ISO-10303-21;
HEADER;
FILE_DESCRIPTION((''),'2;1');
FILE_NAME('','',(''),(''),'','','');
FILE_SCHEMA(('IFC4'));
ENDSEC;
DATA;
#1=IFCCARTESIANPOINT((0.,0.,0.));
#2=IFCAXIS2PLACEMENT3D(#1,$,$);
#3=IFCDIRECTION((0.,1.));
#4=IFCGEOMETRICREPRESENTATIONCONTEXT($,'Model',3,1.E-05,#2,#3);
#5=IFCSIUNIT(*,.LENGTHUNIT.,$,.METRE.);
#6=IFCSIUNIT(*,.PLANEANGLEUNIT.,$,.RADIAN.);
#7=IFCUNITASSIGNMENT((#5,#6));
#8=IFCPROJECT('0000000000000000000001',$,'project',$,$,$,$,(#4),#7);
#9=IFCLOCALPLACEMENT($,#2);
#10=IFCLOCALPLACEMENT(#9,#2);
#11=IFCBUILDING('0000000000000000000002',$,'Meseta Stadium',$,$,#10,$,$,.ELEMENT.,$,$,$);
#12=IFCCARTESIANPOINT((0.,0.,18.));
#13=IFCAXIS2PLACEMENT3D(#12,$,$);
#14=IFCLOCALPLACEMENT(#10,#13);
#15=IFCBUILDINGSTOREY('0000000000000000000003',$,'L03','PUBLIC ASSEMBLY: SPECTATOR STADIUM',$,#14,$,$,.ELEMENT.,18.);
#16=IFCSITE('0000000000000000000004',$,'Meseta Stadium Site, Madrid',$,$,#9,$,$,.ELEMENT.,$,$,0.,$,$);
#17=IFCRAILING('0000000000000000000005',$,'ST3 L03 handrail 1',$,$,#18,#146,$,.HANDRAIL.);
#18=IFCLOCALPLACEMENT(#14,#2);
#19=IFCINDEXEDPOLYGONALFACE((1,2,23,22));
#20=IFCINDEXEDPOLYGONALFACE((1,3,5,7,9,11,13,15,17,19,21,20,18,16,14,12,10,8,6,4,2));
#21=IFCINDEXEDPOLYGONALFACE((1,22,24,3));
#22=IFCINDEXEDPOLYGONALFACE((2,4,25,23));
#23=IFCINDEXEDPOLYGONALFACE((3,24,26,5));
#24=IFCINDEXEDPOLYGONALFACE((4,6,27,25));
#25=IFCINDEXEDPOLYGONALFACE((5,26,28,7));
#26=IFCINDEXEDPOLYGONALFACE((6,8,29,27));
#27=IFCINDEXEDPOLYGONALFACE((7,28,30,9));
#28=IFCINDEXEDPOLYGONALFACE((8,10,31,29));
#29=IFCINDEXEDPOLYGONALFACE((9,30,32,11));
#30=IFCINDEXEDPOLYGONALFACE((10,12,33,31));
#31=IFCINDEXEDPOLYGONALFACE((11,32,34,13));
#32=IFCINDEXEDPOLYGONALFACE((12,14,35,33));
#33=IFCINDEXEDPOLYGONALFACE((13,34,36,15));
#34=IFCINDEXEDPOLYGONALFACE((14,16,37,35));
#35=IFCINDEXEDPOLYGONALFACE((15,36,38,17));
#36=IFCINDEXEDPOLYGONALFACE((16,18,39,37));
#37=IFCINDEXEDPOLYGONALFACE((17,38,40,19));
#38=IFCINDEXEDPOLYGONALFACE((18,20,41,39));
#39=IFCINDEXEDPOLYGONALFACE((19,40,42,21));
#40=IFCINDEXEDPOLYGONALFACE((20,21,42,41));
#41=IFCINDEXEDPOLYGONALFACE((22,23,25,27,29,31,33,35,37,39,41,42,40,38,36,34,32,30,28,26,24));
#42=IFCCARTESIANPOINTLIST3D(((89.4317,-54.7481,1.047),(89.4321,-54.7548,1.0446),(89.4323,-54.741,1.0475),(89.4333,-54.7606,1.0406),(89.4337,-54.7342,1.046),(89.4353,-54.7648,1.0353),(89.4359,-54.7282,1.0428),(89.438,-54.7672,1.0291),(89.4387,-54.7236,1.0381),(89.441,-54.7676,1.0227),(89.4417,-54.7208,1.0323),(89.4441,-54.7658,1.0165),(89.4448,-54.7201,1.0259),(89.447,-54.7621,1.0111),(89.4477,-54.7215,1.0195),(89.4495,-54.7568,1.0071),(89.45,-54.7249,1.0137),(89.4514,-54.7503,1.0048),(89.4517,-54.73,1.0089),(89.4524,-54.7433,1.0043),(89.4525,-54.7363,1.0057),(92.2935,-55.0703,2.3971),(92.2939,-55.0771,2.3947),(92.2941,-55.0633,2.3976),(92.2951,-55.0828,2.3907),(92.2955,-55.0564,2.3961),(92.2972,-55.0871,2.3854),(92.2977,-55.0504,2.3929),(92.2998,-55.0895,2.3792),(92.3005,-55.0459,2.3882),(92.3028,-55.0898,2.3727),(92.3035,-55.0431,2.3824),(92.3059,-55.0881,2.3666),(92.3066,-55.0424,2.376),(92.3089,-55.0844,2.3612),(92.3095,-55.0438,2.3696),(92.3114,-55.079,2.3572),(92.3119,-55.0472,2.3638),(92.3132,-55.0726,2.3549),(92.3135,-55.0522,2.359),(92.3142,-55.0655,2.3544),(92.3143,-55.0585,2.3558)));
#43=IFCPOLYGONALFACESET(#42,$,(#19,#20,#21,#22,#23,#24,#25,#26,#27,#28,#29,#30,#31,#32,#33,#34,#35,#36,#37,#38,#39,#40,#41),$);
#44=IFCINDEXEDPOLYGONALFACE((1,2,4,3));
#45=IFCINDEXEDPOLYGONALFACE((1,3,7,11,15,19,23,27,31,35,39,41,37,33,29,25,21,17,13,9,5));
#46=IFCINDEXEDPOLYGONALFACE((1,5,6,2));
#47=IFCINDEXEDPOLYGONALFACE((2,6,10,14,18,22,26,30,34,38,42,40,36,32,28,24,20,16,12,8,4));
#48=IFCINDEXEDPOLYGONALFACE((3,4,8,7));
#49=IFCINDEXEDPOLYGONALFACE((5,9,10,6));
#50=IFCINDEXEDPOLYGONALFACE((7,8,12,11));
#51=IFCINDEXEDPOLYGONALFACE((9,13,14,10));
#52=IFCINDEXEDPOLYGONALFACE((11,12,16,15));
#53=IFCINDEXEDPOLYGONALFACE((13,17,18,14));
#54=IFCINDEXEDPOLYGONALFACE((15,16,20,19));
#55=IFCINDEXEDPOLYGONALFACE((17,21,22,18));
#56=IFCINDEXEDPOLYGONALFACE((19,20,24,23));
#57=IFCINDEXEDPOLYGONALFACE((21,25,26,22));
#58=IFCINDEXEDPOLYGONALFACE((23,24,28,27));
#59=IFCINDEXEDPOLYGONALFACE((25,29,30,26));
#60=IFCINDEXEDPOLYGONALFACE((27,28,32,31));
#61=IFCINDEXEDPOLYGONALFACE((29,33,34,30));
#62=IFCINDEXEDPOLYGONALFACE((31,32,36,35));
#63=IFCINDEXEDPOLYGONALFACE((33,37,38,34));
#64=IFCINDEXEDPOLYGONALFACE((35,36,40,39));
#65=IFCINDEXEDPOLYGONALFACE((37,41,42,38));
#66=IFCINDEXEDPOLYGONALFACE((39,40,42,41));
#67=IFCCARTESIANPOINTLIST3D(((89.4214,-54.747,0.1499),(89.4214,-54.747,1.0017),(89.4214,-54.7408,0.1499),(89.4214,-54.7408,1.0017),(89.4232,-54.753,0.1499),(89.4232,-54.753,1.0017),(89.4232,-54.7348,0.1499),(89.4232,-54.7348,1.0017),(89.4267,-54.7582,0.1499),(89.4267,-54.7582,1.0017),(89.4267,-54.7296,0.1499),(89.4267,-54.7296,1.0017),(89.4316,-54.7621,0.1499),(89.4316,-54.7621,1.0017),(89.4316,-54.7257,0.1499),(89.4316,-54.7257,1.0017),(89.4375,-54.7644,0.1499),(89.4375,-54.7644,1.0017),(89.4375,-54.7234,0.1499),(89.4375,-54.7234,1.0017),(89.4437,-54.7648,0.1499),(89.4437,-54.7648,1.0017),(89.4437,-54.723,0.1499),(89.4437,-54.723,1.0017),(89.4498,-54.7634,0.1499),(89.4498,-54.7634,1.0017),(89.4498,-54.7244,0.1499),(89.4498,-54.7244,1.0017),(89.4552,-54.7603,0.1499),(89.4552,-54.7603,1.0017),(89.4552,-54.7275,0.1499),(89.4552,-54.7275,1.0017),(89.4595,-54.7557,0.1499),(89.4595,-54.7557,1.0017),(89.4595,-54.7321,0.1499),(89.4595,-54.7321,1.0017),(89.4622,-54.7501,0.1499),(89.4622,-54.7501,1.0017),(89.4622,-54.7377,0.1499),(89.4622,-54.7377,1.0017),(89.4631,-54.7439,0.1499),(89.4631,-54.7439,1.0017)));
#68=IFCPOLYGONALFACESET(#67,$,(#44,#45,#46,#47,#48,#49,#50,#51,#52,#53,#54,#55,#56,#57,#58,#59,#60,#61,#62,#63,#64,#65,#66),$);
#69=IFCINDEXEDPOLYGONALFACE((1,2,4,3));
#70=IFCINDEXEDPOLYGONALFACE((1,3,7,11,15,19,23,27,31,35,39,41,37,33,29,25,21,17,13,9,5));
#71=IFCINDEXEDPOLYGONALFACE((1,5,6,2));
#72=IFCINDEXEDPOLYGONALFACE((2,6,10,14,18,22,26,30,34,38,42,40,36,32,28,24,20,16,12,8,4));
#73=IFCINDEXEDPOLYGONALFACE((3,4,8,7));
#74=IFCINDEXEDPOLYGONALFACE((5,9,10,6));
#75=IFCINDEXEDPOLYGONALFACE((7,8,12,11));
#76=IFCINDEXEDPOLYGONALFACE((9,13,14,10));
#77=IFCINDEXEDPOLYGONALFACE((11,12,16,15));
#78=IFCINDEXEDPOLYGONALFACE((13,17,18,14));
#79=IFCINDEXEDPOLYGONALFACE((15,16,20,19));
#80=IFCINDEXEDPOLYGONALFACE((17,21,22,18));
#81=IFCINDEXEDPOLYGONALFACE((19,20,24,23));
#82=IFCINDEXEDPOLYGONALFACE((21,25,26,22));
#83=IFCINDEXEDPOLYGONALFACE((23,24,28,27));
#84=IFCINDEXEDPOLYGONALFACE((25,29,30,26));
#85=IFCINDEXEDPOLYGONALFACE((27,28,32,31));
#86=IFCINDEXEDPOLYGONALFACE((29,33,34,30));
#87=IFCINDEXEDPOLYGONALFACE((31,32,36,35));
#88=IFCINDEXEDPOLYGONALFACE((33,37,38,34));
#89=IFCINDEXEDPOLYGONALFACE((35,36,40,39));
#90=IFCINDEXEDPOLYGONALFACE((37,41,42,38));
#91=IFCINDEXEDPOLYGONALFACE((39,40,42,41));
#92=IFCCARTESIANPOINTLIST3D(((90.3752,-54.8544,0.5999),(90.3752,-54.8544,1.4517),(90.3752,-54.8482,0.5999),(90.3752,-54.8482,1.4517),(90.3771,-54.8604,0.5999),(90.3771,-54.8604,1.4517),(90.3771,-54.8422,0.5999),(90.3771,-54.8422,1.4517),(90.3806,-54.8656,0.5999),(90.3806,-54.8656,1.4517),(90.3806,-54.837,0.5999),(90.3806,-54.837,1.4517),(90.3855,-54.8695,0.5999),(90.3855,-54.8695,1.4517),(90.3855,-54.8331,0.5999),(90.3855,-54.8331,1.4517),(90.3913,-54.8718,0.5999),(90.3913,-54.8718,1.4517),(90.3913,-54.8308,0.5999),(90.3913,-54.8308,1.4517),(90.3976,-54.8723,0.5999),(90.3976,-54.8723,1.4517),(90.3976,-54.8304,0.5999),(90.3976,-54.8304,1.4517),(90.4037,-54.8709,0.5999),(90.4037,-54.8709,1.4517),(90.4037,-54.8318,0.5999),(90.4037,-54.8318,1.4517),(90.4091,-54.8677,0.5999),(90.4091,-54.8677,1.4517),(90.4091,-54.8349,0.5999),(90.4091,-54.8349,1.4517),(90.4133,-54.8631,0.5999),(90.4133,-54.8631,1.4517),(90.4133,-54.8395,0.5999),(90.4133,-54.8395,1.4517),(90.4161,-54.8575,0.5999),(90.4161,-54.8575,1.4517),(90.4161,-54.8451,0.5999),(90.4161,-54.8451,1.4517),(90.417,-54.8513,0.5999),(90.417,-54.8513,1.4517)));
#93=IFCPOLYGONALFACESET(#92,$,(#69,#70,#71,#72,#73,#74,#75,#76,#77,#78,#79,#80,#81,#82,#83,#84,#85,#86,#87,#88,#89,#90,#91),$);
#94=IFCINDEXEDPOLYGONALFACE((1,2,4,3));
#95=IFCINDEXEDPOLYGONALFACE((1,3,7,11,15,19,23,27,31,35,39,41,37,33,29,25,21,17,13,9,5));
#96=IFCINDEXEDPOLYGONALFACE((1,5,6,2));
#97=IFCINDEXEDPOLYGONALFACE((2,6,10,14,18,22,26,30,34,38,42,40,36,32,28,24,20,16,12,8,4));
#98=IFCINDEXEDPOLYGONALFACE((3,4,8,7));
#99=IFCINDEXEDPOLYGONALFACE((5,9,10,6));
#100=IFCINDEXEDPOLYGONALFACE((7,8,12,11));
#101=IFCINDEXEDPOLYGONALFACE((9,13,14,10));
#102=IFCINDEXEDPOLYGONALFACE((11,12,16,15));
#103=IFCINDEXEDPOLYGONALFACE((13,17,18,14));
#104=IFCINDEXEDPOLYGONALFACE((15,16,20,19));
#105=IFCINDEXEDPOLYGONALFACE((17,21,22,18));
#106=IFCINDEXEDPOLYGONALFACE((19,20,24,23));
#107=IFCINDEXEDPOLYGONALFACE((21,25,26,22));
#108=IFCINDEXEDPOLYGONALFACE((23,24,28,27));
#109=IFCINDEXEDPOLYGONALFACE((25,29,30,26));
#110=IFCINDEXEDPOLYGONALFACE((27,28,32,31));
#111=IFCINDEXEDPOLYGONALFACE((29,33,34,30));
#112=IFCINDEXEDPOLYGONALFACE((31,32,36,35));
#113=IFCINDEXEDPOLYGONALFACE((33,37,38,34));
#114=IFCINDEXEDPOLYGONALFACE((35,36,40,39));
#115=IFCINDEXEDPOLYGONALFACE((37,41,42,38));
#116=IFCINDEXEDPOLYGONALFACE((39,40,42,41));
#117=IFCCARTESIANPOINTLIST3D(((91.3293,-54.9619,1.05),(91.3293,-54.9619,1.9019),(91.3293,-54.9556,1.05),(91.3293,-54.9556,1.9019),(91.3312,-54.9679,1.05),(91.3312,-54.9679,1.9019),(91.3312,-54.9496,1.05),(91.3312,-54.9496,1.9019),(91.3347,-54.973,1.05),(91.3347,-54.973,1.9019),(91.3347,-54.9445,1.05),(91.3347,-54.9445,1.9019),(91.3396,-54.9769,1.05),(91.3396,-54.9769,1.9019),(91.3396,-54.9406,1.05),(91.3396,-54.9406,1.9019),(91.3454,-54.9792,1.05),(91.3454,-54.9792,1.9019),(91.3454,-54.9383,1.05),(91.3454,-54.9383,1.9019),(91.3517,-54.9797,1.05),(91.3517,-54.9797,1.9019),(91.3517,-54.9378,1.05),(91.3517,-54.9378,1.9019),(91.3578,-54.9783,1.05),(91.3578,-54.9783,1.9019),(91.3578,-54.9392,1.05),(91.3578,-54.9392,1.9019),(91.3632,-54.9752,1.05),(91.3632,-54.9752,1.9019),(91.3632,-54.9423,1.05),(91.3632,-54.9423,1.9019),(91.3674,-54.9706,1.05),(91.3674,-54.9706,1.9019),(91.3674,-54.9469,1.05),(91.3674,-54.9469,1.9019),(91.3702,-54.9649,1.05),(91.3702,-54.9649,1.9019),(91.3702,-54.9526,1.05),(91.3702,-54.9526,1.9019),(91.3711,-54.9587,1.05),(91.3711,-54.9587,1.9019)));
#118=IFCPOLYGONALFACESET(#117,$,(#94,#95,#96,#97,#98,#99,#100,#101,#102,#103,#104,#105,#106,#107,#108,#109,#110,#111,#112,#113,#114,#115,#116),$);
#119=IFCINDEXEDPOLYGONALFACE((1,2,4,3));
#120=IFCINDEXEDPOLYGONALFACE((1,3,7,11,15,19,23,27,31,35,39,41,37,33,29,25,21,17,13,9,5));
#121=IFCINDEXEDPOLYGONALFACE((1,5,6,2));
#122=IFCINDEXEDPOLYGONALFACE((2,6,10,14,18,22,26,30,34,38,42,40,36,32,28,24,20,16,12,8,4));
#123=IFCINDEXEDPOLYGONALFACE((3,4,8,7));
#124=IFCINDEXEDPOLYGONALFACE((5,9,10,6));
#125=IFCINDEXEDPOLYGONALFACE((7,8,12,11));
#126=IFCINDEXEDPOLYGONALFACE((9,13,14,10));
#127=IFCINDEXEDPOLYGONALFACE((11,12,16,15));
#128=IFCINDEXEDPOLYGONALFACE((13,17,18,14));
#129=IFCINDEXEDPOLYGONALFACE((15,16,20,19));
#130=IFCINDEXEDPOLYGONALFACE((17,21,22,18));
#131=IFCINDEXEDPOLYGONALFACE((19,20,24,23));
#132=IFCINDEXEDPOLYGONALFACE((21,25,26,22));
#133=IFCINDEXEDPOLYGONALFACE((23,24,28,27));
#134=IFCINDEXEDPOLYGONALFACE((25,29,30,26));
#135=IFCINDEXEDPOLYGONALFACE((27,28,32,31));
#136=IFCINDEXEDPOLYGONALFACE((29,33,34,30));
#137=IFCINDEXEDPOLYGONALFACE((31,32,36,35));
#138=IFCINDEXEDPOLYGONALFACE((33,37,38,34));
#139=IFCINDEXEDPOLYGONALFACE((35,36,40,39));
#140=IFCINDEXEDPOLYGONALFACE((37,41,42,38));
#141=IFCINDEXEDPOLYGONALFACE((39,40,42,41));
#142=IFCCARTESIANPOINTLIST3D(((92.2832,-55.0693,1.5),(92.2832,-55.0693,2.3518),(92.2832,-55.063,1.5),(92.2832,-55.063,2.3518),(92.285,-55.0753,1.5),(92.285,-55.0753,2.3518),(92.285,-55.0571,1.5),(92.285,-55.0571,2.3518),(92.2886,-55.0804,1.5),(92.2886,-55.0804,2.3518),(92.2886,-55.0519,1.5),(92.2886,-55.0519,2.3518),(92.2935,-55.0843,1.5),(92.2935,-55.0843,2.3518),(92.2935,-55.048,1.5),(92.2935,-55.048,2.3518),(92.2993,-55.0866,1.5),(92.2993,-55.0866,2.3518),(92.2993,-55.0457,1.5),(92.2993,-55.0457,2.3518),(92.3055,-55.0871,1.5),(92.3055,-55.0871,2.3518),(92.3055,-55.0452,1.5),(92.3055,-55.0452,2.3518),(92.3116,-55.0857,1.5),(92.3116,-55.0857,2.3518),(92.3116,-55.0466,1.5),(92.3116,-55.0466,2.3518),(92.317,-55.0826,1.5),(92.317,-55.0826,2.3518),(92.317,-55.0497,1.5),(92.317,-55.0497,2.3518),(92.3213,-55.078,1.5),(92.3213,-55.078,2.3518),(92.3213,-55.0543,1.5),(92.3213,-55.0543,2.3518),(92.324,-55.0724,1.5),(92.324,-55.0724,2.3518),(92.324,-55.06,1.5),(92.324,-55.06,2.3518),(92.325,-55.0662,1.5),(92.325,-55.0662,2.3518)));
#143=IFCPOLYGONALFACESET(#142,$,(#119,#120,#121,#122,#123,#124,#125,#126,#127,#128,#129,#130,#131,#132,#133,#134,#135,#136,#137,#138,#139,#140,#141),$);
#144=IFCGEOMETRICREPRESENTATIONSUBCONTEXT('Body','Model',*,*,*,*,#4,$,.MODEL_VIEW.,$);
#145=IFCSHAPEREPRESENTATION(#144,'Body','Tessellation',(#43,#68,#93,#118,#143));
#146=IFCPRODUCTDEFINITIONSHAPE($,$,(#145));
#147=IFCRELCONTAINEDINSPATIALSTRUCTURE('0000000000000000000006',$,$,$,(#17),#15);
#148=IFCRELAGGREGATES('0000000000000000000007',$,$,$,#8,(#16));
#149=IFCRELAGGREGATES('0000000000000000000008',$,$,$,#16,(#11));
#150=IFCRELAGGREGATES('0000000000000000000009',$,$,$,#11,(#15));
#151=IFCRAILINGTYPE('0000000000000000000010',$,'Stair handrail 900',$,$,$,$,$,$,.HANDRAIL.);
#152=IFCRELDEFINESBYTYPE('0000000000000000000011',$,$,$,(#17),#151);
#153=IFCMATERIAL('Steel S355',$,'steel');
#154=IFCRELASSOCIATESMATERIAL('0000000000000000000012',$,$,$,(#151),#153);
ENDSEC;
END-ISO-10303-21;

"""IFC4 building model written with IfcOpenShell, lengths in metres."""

from ifc_helpers import new_model, si_unit, direction, frame, origin, origin_2d, place, context, subcontext, project, spatial, circle, extrude, material, type_object, element, save


model = new_model("IFC4")

# Units and contexts
model_context = context("Model", 3, precision=1e-05, world=origin(), true_north=direction((0.0, 1.0)))
body_context = subcontext(model_context, "Body", "Model", "MODEL_VIEW")
ifc_project = project(units=[si_unit("LENGTHUNIT", "METRE"), si_unit("PLANEANGLEUNIT", "RADIAN")], contexts=[model_context])

# Site, building, storey
site_placement = place(None, origin())
site = spatial("IfcSite", under=ifc_project, at=site_placement, Name="Meseta Stadium Site, Madrid", CompositionType="ELEMENT", RefElevation=0.0)
building_placement = place(site_placement, origin())
building = spatial("IfcBuilding", under=site, at=building_placement, Name="Meseta Stadium", CompositionType="ELEMENT")
storey_placement = place(building_placement, frame((0.0, 0.0, 18.0)))
storey = spatial("IfcBuildingStorey", under=building, at=storey_placement, Name="L03", Description="PUBLIC ASSEMBLY: SPECTATOR STADIUM", CompositionType="ELEMENT", Elevation=18.0)

# Railing
ifc_material_1 = material(Name="Steel S355", Category="steel")
railing_type_1 = type_object("IfcRailingType", Name="Stair handrail 900", PredefinedType="HANDRAIL", material=ifc_material_1)
for number, where, name in (
    (1, (89.4421, -54.7439, 0.1499), "ST3 L03 handrail 1"),
):
    element("IfcRailing", number, at=place(storey_placement, frame(where)), inside=storey, type_object=railing_type_1, Name=name, PredefinedType="HANDRAIL", context=body_context, shape_type="SweptSolid", body=[
        extrude(circle(Radius=0.0239, at=origin_2d()), frame((0.0, 0.0, 0.876), z_axis=(0.899755, -0.10132, 0.424471), x_axis=(0.111902, 0.993719, 0.0)), (0.0, 0.0, 1.0), 3.1807),
        extrude(circle(Radius=0.021, at=origin_2d()), origin(), (0.0, 0.0, 1.0), 0.8518),
        extrude(circle(Radius=0.021, at=origin_2d()), frame((0.9539, -0.1074, 0.45)), (0.0, 0.0, 1.0), 0.8518),
        extrude(circle(Radius=0.021, at=origin_2d()), frame((1.908, -0.2148, 0.9001)), (0.0, 0.0, 1.0), 0.8518),
        extrude(circle(Radius=0.021, at=origin_2d()), frame((2.8618, -0.3223, 1.3501)), (0.0, 0.0, 1.0), 0.8518),
    ])

save(model, "model.ifc")
